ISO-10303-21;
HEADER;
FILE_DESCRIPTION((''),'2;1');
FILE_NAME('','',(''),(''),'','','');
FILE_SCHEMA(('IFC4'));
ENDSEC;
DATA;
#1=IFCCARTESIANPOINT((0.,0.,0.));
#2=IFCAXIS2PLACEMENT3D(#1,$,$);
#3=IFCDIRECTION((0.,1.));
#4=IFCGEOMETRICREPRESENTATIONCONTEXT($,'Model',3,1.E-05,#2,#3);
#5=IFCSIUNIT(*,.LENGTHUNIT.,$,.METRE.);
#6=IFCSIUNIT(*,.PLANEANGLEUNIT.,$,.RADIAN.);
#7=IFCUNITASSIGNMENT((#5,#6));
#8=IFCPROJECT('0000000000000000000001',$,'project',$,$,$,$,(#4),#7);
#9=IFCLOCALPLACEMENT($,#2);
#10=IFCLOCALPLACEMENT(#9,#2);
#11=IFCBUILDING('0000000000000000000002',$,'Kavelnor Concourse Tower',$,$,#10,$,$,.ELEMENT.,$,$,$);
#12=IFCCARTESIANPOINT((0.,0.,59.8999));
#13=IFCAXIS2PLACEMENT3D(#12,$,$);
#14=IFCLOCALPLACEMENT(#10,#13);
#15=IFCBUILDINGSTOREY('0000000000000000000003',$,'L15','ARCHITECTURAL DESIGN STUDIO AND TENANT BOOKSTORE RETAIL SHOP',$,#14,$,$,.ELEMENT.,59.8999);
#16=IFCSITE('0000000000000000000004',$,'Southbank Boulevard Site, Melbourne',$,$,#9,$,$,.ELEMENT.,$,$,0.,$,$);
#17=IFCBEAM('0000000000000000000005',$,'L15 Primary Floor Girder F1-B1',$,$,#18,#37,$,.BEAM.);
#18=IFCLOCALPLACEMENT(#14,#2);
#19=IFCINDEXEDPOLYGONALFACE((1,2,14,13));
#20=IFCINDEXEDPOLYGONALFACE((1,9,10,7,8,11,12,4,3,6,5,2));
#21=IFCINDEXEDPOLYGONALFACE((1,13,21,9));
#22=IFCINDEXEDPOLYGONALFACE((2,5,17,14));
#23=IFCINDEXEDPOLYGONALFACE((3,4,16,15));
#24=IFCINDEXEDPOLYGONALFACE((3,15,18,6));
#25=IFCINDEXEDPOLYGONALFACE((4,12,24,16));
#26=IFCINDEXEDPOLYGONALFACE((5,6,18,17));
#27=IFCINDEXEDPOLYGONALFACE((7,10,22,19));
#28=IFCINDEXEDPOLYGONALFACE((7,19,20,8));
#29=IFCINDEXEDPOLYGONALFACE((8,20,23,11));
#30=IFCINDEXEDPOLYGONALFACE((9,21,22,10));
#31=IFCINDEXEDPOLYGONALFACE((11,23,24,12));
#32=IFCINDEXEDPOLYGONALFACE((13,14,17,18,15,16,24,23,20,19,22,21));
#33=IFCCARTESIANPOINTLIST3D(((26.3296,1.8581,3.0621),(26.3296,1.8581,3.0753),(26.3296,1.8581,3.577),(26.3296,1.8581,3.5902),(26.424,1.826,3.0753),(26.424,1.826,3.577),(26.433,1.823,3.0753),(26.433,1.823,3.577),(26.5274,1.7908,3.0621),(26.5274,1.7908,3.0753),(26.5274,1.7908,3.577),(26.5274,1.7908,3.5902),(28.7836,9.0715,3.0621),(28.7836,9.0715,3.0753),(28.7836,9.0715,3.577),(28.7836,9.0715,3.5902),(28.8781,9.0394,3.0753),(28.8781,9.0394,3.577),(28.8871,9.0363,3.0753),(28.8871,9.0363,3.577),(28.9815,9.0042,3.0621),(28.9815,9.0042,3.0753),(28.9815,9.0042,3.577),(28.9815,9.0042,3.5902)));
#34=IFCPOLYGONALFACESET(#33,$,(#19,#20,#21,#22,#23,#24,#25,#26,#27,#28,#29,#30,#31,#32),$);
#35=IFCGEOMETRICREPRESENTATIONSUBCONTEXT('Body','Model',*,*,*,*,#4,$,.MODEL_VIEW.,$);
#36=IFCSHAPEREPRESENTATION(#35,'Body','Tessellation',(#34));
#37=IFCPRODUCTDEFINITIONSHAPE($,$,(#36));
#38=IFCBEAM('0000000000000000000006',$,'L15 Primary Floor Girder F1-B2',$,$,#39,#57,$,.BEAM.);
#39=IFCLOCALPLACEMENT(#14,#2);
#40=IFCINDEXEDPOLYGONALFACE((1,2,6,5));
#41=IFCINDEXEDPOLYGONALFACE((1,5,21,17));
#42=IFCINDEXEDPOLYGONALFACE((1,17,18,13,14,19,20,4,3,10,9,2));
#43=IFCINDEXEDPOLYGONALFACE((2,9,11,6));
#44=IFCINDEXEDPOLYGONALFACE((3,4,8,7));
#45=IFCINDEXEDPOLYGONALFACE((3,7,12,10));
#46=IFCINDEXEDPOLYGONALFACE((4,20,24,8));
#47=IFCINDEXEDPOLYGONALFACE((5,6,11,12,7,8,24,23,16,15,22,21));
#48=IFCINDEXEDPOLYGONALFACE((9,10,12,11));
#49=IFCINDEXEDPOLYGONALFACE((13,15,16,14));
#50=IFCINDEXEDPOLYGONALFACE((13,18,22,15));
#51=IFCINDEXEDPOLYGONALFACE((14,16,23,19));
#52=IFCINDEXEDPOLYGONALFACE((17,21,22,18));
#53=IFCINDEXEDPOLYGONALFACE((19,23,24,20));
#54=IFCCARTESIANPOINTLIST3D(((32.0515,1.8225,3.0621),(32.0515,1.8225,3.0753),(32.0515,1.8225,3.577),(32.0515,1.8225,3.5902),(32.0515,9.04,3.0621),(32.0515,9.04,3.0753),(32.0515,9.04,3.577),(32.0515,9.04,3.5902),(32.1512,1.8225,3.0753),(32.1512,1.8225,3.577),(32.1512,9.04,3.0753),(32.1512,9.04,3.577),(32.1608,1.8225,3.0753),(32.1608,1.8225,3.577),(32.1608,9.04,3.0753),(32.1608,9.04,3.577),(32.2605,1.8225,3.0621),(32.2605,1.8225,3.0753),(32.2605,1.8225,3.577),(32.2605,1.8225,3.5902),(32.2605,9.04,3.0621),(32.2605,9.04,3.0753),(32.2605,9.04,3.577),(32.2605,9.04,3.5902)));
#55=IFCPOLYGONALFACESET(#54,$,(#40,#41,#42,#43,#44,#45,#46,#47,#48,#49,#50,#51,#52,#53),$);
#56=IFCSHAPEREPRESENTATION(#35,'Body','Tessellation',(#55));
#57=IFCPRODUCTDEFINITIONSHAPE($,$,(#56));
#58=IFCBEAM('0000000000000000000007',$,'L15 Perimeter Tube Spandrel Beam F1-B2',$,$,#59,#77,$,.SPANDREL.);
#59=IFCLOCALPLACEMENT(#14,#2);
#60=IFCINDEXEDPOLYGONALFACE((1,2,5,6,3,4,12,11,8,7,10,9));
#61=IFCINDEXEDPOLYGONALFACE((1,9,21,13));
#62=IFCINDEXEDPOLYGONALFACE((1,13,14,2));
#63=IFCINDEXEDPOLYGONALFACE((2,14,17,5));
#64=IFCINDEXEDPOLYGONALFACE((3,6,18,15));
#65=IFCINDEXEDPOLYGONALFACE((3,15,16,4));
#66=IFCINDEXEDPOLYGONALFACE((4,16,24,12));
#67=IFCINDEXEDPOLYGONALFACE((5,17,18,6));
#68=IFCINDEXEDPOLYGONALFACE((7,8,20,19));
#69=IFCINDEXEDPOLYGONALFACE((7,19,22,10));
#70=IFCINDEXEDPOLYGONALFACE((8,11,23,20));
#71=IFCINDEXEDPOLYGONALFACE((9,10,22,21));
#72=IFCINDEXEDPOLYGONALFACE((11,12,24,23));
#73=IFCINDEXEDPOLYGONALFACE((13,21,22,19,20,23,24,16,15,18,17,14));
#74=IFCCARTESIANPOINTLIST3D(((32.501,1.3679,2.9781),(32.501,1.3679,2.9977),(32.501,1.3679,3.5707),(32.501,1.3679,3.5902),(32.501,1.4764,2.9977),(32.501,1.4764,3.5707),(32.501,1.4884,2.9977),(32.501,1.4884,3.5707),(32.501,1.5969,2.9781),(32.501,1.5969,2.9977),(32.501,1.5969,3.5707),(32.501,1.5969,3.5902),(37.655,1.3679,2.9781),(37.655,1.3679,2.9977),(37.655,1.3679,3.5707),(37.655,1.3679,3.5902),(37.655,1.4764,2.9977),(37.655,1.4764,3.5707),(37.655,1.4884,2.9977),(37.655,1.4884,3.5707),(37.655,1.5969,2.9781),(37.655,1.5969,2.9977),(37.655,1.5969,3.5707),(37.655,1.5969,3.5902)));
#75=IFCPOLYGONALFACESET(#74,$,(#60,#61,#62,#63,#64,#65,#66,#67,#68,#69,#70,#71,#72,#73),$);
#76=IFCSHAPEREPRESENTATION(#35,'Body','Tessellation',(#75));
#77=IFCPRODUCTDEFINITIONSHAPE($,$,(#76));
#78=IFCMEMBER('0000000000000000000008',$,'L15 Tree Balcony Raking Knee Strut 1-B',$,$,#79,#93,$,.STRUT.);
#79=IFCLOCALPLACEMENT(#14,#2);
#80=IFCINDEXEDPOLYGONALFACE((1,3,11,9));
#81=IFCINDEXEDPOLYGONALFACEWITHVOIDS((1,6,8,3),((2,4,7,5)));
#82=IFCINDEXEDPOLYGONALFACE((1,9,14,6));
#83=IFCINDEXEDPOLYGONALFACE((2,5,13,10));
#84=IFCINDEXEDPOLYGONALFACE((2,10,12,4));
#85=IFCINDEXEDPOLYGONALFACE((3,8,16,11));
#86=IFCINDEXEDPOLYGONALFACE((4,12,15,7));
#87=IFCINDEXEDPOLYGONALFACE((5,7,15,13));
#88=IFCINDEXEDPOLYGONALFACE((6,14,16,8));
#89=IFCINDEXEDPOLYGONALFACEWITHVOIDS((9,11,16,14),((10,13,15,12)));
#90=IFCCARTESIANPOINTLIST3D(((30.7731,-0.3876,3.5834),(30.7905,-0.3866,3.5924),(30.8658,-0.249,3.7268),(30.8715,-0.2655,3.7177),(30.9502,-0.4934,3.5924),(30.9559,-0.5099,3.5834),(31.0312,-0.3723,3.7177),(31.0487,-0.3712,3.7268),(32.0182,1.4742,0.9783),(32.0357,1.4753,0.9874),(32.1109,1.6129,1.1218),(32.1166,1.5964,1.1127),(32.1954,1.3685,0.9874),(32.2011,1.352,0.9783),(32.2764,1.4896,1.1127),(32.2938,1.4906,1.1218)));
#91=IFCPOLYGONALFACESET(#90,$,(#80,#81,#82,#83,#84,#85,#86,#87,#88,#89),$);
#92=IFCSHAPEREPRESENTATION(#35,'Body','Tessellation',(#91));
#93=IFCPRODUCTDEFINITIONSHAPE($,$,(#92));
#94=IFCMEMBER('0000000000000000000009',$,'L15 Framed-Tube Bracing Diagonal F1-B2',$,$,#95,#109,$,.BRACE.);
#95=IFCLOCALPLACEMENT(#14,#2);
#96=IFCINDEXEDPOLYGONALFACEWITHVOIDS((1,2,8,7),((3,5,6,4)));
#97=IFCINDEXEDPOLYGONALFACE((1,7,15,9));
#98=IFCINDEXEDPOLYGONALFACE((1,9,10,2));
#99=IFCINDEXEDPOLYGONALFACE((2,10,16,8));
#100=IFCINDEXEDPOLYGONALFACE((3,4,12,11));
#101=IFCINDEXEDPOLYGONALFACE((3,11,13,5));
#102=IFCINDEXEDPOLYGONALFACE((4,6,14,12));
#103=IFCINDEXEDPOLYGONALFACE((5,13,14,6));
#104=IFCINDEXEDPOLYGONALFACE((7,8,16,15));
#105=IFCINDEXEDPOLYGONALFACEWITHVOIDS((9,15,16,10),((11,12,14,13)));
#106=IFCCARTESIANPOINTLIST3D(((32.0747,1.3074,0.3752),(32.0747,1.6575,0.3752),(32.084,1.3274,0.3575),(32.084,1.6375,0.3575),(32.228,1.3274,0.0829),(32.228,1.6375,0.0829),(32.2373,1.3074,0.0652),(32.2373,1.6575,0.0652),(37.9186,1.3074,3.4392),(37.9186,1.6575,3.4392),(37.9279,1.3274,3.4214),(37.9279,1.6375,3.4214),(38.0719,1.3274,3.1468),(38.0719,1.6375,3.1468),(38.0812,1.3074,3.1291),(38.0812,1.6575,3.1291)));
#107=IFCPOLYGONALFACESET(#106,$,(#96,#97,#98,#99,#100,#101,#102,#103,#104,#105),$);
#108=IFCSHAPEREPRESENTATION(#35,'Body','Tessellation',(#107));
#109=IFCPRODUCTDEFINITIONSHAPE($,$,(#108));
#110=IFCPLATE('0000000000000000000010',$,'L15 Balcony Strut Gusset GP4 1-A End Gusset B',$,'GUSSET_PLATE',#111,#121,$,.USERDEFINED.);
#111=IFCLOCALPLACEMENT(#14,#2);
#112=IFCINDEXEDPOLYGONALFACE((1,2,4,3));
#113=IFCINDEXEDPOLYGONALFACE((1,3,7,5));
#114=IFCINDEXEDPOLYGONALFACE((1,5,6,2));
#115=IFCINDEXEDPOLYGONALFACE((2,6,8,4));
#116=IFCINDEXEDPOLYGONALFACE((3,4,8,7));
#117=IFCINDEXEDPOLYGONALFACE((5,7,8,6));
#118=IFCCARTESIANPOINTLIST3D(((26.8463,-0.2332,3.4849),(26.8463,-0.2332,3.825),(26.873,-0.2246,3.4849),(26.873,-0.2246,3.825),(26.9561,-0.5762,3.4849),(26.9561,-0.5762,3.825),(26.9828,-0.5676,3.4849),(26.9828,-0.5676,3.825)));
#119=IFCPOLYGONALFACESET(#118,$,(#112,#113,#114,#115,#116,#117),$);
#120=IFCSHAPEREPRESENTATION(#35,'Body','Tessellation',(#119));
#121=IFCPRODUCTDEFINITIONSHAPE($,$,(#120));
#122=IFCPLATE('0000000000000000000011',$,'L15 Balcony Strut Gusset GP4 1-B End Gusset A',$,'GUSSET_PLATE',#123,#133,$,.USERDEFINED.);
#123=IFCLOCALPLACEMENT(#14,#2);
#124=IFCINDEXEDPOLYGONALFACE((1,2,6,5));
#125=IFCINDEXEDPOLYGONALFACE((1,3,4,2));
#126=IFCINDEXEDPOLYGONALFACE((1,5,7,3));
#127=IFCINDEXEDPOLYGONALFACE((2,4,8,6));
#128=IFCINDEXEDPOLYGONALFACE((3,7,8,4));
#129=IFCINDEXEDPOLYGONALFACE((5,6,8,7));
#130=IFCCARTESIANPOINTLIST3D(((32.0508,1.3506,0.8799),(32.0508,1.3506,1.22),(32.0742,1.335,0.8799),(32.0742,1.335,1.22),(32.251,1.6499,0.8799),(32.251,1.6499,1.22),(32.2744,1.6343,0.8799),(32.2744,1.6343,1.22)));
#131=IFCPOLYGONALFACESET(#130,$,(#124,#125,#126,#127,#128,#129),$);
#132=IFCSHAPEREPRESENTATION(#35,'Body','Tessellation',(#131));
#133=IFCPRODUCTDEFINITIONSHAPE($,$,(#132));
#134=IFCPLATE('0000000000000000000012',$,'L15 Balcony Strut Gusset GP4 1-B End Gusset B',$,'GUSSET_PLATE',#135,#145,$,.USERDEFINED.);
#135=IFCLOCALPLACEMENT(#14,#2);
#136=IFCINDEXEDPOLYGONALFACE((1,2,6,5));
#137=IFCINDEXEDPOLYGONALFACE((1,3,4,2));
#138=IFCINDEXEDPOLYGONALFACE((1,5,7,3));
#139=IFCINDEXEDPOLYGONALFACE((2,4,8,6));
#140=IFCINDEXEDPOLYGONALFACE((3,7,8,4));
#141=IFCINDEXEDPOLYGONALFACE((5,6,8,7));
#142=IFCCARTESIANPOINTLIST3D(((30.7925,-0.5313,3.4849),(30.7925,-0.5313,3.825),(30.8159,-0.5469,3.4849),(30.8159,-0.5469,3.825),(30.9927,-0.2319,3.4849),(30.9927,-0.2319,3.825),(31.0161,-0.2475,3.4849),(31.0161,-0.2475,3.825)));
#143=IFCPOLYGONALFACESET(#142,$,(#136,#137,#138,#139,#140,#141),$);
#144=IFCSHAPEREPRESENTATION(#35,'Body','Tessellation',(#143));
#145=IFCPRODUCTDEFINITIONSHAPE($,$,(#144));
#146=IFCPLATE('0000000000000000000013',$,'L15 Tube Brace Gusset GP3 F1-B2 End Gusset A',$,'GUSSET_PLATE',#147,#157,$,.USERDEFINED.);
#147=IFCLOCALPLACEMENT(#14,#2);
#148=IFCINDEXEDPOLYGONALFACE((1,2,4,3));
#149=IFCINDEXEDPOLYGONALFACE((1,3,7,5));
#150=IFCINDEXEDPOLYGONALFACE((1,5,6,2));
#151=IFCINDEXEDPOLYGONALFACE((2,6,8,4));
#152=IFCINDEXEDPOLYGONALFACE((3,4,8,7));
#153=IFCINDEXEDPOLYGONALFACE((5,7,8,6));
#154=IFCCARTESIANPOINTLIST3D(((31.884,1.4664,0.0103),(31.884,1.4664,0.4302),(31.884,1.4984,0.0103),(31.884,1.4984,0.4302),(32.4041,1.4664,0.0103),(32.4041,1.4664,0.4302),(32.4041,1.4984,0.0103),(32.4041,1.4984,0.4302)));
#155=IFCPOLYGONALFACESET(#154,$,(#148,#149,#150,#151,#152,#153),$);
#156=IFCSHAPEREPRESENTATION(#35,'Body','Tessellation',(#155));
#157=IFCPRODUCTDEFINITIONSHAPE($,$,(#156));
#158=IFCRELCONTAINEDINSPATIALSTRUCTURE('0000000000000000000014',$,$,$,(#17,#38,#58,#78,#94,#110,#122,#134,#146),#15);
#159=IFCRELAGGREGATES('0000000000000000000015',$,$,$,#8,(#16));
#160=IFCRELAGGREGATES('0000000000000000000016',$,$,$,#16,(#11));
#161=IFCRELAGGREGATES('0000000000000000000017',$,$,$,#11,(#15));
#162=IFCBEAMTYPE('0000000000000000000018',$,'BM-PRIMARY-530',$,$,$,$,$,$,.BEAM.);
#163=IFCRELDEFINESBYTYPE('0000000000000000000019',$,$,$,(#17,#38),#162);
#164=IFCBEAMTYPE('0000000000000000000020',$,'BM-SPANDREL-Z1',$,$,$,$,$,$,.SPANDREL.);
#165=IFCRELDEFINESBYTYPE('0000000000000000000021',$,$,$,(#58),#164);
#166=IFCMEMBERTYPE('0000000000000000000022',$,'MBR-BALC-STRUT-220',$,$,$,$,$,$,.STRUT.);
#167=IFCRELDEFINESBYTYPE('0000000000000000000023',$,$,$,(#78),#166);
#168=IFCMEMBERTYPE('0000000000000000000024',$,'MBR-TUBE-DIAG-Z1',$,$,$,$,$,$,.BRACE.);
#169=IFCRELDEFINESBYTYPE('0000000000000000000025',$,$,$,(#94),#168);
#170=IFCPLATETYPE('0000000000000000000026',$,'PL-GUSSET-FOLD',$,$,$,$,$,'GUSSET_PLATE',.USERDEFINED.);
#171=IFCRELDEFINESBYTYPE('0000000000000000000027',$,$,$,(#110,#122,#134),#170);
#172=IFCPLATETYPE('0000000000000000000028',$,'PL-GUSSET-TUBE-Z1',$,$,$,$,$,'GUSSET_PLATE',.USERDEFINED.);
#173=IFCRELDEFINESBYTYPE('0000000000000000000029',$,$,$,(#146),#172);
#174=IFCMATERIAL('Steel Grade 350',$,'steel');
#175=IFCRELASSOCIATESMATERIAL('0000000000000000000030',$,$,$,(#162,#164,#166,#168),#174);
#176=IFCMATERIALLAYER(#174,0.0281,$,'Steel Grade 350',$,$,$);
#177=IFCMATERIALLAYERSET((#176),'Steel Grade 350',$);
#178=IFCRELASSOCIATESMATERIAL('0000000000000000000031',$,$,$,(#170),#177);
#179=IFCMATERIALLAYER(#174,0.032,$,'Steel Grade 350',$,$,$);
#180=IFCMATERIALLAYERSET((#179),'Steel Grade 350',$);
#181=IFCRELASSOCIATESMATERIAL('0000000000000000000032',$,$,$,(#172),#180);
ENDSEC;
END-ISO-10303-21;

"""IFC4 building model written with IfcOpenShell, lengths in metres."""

from ifc_helpers import new_model, si_unit, direction, frame, origin, origin_2d, place, context, subcontext, project, spatial, rectangle, hollow_rectangle, i_section, extrude, material, layer, layer_set, material_profile, profile_set, type_object, element, save


model = new_model("IFC4")

# Units and contexts
model_context = context("Model", 3, precision=1e-05, world=origin(), true_north=direction((0.0, 1.0)))
body_context = subcontext(model_context, "Body", "Model", "MODEL_VIEW")
ifc_project = project(units=[si_unit("LENGTHUNIT", "METRE"), si_unit("PLANEANGLEUNIT", "RADIAN")], contexts=[model_context])

# Site, building, storey
site_placement = place(None, origin())
site = spatial("IfcSite", under=ifc_project, at=site_placement, Name="Southbank Boulevard Site, Melbourne", CompositionType="ELEMENT", RefElevation=0.0)
building_placement = place(site_placement, origin())
building = spatial("IfcBuilding", under=site, at=building_placement, Name="Kavelnor Concourse Tower", CompositionType="ELEMENT")
storey_placement = place(building_placement, frame((0.0, 0.0, 59.8999)))
storey = spatial("IfcBuildingStorey", under=building, at=storey_placement, Name="L15", Description="ARCHITECTURAL DESIGN STUDIO AND TENANT BOOKSTORE RETAIL SHOP", CompositionType="ELEMENT", Elevation=59.8999)

# Shared definitions
ifc_material_1 = material(Name="Steel Grade 350", Category="steel")

# Beams
ifc_material_profile_1 = material_profile(ifc_material_1, i_section(OverallWidth=0.209, OverallDepth=0.5281, WebThickness=0.0095, FlangeThickness=0.0132, at=origin_2d()), Name="530UB82")
ifc_profile_set_1 = profile_set([ifc_material_profile_1], Name="Steel Grade 350")
beam_type_1 = type_object("IfcBeamType", Name="BM-PRIMARY-530", PredefinedType="BEAM", material=ifc_profile_set_1)
beam_1_placement = place(storey_placement, frame((28.8826, 9.0378, 3.3262), z_axis=(-0.322085, -0.946711, 0.0), x_axis=(0.946711, -0.322085, 0.0)))
element("IfcBeam", 1, at=beam_1_placement, inside=storey, type_object=beam_type_1, Name="L15 Primary Floor Girder F1-B1", PredefinedType="BEAM", context=body_context, shape_type="SweptSolid", body=[
    extrude(i_section(OverallWidth=0.209, OverallDepth=0.5281, WebThickness=0.0095, FlangeThickness=0.0132, at=origin_2d()), origin(), (0.0, 0.0, 1.0), 7.6194),
])
beam_2_placement = place(storey_placement, frame((32.156, 9.04, 3.3262), z_axis=(0.0, -1.0, 0.0), x_axis=(1.0, 0.0, 0.0)))
element("IfcBeam", 2, at=beam_2_placement, inside=storey, type_object=beam_type_1, Name="L15 Primary Floor Girder F1-B2", PredefinedType="BEAM", context=body_context, shape_type="SweptSolid", body=[
    extrude(i_section(OverallWidth=0.209, OverallDepth=0.5281, WebThickness=0.0095, FlangeThickness=0.0132, at=origin_2d()), origin(), (0.0, 0.0, 1.0), 7.2175),
])
ifc_material_profile_2 = material_profile(ifc_material_1, i_section(OverallWidth=0.229, OverallDepth=0.6121, WebThickness=0.012, FlangeThickness=0.0195, at=origin_2d()), Name="610UB125")
ifc_profile_set_2 = profile_set([ifc_material_profile_2], Name="Steel Grade 350")
beam_type_2 = type_object("IfcBeamType", Name="BM-SPANDREL-Z1", PredefinedType="SPANDREL", material=ifc_profile_set_2)
beam_3_placement = place(storey_placement, frame((32.501, 1.4824, 3.2842), z_axis=(1.0, 0.0, 0.0), x_axis=(0.0, 1.0, 0.0)))
element("IfcBeam", 3, at=beam_3_placement, inside=storey, type_object=beam_type_2, Name="L15 Perimeter Tube Spandrel Beam F1-B2", PredefinedType="SPANDREL", context=body_context, shape_type="SweptSolid", body=[
    extrude(i_section(OverallWidth=0.229, OverallDepth=0.6121, WebThickness=0.012, FlangeThickness=0.0195, at=origin_2d()), origin(), (0.0, 0.0, 1.0), 5.1541),
])

# Members
ifc_material_profile_3 = material_profile(ifc_material_1, hollow_rectangle(XDim=0.22, YDim=0.22, WallThickness=0.0139, at=origin_2d()), Name="SHS 220x220x14")
ifc_profile_set_3 = profile_set([ifc_material_profile_3], Name="Steel Grade 350")
member_type_1 = type_object("IfcMemberType", Name="MBR-BALC-STRUT-220", PredefinedType="STRUT", material=ifc_profile_set_3)
member_1_placement = place(storey_placement, frame((32.156, 1.4824, 1.05), z_axis=(-0.362428, -0.541936, 0.758256), x_axis=(0.831244, -0.555907, 0.0)))
element("IfcMember", 4, at=member_1_placement, inside=storey, type_object=member_type_1, Name="L15 Tree Balcony Raking Knee Strut 1-B", PredefinedType="STRUT", context=body_context, shape_type="SweptSolid", body=[
    extrude(hollow_rectangle(XDim=0.22, YDim=0.22, WallThickness=0.0139, at=origin_2d()), origin(), (0.0, 0.0, 1.0), 3.4355),
])
ifc_material_profile_4 = material_profile(ifc_material_1, hollow_rectangle(XDim=0.3501, YDim=0.3501, WallThickness=0.02, at=origin_2d()), Name="SHS 350x350x20")
ifc_profile_set_4 = profile_set([ifc_material_profile_4], Name="Steel Grade 350")
member_type_2 = type_object("IfcMemberType", Name="MBR-TUBE-DIAG-Z1", PredefinedType="BRACE", material=ifc_profile_set_4)
member_2_placement = place(storey_placement, frame((32.156, 1.4824, 0.2202), z_axis=(0.885655, 0.0, 0.464343), x_axis=(0.0, 1.0, 0.0)))
element("IfcMember", 5, at=member_2_placement, inside=storey, type_object=member_type_2, Name="L15 Framed-Tube Bracing Diagonal F1-B2", PredefinedType="BRACE", context=body_context, shape_type="SweptSolid", body=[
    extrude(hollow_rectangle(XDim=0.3501, YDim=0.3501, WallThickness=0.02, at=origin_2d()), origin(), (0.0, 0.0, 1.0), 6.5984),
])

# Plates
ifc_layer_1 = layer(ifc_material_1, 0.0281, Name="Steel Grade 350")
ifc_layer_set_1 = layer_set([ifc_layer_1], Name="Steel Grade 350")
plate_type_1 = type_object("IfcPlateType", Name="PL-GUSSET-FOLD", ElementType="GUSSET_PLATE", PredefinedType="USERDEFINED", material=ifc_layer_set_1)
for number, where, z_axis, x_axis, name in (
    (6, (26.9146, -0.4004, 3.4849), (0.0, 0.0, 1.0), (0.304864, -0.952396, 0.0), "L15 Balcony Strut Gusset GP4 1-A End Gusset B"),
    (7, (32.1626, 1.4924, 0.8799), (0.0, 0.0, 1.0), (-0.55586, -0.831276, 0.0), "L15 Balcony Strut Gusset GP4 1-B End Gusset A"),
    (8, (30.9043, -0.3894, 3.4849), (0.0, 0.0, 1.0), (-0.55586, -0.831276, 0.0), "L15 Balcony Strut Gusset GP4 1-B End Gusset B"),
):
    element("IfcPlate", number, at=place(storey_placement, frame(where, z_axis=z_axis, x_axis=x_axis)), inside=storey, type_object=plate_type_1, Name=name, ObjectType="GUSSET_PLATE", PredefinedType="USERDEFINED", context=body_context, shape_type="SweptSolid", body=[
        extrude(rectangle(XDim=0.3601, YDim=0.0281, at=origin_2d()), origin(), (0.0, 0.0, 1.0), 0.3401),
    ])
ifc_layer_2 = layer(ifc_material_1, 0.032, Name="Steel Grade 350")
ifc_layer_set_2 = layer_set([ifc_layer_2], Name="Steel Grade 350")
plate_type_2 = type_object("IfcPlateType", Name="PL-GUSSET-TUBE-Z1", ElementType="GUSSET_PLATE", PredefinedType="USERDEFINED", material=ifc_layer_set_2)
plate_placement = place(storey_placement, frame((32.144, 1.4824, 0.0103), z_axis=(0.0, 0.0, 1.0), x_axis=(1.0, 0.0, 0.0)))
element("IfcPlate", 9, at=plate_placement, inside=storey, type_object=plate_type_2, Name="L15 Tube Brace Gusset GP3 F1-B2 End Gusset A", ObjectType="GUSSET_PLATE", PredefinedType="USERDEFINED", context=body_context, shape_type="SweptSolid", body=[
    extrude(rectangle(XDim=0.52, YDim=0.032, at=origin_2d()), origin(), (0.0, 0.0, 1.0), 0.4199),
])

save(model, "model.ifc")
